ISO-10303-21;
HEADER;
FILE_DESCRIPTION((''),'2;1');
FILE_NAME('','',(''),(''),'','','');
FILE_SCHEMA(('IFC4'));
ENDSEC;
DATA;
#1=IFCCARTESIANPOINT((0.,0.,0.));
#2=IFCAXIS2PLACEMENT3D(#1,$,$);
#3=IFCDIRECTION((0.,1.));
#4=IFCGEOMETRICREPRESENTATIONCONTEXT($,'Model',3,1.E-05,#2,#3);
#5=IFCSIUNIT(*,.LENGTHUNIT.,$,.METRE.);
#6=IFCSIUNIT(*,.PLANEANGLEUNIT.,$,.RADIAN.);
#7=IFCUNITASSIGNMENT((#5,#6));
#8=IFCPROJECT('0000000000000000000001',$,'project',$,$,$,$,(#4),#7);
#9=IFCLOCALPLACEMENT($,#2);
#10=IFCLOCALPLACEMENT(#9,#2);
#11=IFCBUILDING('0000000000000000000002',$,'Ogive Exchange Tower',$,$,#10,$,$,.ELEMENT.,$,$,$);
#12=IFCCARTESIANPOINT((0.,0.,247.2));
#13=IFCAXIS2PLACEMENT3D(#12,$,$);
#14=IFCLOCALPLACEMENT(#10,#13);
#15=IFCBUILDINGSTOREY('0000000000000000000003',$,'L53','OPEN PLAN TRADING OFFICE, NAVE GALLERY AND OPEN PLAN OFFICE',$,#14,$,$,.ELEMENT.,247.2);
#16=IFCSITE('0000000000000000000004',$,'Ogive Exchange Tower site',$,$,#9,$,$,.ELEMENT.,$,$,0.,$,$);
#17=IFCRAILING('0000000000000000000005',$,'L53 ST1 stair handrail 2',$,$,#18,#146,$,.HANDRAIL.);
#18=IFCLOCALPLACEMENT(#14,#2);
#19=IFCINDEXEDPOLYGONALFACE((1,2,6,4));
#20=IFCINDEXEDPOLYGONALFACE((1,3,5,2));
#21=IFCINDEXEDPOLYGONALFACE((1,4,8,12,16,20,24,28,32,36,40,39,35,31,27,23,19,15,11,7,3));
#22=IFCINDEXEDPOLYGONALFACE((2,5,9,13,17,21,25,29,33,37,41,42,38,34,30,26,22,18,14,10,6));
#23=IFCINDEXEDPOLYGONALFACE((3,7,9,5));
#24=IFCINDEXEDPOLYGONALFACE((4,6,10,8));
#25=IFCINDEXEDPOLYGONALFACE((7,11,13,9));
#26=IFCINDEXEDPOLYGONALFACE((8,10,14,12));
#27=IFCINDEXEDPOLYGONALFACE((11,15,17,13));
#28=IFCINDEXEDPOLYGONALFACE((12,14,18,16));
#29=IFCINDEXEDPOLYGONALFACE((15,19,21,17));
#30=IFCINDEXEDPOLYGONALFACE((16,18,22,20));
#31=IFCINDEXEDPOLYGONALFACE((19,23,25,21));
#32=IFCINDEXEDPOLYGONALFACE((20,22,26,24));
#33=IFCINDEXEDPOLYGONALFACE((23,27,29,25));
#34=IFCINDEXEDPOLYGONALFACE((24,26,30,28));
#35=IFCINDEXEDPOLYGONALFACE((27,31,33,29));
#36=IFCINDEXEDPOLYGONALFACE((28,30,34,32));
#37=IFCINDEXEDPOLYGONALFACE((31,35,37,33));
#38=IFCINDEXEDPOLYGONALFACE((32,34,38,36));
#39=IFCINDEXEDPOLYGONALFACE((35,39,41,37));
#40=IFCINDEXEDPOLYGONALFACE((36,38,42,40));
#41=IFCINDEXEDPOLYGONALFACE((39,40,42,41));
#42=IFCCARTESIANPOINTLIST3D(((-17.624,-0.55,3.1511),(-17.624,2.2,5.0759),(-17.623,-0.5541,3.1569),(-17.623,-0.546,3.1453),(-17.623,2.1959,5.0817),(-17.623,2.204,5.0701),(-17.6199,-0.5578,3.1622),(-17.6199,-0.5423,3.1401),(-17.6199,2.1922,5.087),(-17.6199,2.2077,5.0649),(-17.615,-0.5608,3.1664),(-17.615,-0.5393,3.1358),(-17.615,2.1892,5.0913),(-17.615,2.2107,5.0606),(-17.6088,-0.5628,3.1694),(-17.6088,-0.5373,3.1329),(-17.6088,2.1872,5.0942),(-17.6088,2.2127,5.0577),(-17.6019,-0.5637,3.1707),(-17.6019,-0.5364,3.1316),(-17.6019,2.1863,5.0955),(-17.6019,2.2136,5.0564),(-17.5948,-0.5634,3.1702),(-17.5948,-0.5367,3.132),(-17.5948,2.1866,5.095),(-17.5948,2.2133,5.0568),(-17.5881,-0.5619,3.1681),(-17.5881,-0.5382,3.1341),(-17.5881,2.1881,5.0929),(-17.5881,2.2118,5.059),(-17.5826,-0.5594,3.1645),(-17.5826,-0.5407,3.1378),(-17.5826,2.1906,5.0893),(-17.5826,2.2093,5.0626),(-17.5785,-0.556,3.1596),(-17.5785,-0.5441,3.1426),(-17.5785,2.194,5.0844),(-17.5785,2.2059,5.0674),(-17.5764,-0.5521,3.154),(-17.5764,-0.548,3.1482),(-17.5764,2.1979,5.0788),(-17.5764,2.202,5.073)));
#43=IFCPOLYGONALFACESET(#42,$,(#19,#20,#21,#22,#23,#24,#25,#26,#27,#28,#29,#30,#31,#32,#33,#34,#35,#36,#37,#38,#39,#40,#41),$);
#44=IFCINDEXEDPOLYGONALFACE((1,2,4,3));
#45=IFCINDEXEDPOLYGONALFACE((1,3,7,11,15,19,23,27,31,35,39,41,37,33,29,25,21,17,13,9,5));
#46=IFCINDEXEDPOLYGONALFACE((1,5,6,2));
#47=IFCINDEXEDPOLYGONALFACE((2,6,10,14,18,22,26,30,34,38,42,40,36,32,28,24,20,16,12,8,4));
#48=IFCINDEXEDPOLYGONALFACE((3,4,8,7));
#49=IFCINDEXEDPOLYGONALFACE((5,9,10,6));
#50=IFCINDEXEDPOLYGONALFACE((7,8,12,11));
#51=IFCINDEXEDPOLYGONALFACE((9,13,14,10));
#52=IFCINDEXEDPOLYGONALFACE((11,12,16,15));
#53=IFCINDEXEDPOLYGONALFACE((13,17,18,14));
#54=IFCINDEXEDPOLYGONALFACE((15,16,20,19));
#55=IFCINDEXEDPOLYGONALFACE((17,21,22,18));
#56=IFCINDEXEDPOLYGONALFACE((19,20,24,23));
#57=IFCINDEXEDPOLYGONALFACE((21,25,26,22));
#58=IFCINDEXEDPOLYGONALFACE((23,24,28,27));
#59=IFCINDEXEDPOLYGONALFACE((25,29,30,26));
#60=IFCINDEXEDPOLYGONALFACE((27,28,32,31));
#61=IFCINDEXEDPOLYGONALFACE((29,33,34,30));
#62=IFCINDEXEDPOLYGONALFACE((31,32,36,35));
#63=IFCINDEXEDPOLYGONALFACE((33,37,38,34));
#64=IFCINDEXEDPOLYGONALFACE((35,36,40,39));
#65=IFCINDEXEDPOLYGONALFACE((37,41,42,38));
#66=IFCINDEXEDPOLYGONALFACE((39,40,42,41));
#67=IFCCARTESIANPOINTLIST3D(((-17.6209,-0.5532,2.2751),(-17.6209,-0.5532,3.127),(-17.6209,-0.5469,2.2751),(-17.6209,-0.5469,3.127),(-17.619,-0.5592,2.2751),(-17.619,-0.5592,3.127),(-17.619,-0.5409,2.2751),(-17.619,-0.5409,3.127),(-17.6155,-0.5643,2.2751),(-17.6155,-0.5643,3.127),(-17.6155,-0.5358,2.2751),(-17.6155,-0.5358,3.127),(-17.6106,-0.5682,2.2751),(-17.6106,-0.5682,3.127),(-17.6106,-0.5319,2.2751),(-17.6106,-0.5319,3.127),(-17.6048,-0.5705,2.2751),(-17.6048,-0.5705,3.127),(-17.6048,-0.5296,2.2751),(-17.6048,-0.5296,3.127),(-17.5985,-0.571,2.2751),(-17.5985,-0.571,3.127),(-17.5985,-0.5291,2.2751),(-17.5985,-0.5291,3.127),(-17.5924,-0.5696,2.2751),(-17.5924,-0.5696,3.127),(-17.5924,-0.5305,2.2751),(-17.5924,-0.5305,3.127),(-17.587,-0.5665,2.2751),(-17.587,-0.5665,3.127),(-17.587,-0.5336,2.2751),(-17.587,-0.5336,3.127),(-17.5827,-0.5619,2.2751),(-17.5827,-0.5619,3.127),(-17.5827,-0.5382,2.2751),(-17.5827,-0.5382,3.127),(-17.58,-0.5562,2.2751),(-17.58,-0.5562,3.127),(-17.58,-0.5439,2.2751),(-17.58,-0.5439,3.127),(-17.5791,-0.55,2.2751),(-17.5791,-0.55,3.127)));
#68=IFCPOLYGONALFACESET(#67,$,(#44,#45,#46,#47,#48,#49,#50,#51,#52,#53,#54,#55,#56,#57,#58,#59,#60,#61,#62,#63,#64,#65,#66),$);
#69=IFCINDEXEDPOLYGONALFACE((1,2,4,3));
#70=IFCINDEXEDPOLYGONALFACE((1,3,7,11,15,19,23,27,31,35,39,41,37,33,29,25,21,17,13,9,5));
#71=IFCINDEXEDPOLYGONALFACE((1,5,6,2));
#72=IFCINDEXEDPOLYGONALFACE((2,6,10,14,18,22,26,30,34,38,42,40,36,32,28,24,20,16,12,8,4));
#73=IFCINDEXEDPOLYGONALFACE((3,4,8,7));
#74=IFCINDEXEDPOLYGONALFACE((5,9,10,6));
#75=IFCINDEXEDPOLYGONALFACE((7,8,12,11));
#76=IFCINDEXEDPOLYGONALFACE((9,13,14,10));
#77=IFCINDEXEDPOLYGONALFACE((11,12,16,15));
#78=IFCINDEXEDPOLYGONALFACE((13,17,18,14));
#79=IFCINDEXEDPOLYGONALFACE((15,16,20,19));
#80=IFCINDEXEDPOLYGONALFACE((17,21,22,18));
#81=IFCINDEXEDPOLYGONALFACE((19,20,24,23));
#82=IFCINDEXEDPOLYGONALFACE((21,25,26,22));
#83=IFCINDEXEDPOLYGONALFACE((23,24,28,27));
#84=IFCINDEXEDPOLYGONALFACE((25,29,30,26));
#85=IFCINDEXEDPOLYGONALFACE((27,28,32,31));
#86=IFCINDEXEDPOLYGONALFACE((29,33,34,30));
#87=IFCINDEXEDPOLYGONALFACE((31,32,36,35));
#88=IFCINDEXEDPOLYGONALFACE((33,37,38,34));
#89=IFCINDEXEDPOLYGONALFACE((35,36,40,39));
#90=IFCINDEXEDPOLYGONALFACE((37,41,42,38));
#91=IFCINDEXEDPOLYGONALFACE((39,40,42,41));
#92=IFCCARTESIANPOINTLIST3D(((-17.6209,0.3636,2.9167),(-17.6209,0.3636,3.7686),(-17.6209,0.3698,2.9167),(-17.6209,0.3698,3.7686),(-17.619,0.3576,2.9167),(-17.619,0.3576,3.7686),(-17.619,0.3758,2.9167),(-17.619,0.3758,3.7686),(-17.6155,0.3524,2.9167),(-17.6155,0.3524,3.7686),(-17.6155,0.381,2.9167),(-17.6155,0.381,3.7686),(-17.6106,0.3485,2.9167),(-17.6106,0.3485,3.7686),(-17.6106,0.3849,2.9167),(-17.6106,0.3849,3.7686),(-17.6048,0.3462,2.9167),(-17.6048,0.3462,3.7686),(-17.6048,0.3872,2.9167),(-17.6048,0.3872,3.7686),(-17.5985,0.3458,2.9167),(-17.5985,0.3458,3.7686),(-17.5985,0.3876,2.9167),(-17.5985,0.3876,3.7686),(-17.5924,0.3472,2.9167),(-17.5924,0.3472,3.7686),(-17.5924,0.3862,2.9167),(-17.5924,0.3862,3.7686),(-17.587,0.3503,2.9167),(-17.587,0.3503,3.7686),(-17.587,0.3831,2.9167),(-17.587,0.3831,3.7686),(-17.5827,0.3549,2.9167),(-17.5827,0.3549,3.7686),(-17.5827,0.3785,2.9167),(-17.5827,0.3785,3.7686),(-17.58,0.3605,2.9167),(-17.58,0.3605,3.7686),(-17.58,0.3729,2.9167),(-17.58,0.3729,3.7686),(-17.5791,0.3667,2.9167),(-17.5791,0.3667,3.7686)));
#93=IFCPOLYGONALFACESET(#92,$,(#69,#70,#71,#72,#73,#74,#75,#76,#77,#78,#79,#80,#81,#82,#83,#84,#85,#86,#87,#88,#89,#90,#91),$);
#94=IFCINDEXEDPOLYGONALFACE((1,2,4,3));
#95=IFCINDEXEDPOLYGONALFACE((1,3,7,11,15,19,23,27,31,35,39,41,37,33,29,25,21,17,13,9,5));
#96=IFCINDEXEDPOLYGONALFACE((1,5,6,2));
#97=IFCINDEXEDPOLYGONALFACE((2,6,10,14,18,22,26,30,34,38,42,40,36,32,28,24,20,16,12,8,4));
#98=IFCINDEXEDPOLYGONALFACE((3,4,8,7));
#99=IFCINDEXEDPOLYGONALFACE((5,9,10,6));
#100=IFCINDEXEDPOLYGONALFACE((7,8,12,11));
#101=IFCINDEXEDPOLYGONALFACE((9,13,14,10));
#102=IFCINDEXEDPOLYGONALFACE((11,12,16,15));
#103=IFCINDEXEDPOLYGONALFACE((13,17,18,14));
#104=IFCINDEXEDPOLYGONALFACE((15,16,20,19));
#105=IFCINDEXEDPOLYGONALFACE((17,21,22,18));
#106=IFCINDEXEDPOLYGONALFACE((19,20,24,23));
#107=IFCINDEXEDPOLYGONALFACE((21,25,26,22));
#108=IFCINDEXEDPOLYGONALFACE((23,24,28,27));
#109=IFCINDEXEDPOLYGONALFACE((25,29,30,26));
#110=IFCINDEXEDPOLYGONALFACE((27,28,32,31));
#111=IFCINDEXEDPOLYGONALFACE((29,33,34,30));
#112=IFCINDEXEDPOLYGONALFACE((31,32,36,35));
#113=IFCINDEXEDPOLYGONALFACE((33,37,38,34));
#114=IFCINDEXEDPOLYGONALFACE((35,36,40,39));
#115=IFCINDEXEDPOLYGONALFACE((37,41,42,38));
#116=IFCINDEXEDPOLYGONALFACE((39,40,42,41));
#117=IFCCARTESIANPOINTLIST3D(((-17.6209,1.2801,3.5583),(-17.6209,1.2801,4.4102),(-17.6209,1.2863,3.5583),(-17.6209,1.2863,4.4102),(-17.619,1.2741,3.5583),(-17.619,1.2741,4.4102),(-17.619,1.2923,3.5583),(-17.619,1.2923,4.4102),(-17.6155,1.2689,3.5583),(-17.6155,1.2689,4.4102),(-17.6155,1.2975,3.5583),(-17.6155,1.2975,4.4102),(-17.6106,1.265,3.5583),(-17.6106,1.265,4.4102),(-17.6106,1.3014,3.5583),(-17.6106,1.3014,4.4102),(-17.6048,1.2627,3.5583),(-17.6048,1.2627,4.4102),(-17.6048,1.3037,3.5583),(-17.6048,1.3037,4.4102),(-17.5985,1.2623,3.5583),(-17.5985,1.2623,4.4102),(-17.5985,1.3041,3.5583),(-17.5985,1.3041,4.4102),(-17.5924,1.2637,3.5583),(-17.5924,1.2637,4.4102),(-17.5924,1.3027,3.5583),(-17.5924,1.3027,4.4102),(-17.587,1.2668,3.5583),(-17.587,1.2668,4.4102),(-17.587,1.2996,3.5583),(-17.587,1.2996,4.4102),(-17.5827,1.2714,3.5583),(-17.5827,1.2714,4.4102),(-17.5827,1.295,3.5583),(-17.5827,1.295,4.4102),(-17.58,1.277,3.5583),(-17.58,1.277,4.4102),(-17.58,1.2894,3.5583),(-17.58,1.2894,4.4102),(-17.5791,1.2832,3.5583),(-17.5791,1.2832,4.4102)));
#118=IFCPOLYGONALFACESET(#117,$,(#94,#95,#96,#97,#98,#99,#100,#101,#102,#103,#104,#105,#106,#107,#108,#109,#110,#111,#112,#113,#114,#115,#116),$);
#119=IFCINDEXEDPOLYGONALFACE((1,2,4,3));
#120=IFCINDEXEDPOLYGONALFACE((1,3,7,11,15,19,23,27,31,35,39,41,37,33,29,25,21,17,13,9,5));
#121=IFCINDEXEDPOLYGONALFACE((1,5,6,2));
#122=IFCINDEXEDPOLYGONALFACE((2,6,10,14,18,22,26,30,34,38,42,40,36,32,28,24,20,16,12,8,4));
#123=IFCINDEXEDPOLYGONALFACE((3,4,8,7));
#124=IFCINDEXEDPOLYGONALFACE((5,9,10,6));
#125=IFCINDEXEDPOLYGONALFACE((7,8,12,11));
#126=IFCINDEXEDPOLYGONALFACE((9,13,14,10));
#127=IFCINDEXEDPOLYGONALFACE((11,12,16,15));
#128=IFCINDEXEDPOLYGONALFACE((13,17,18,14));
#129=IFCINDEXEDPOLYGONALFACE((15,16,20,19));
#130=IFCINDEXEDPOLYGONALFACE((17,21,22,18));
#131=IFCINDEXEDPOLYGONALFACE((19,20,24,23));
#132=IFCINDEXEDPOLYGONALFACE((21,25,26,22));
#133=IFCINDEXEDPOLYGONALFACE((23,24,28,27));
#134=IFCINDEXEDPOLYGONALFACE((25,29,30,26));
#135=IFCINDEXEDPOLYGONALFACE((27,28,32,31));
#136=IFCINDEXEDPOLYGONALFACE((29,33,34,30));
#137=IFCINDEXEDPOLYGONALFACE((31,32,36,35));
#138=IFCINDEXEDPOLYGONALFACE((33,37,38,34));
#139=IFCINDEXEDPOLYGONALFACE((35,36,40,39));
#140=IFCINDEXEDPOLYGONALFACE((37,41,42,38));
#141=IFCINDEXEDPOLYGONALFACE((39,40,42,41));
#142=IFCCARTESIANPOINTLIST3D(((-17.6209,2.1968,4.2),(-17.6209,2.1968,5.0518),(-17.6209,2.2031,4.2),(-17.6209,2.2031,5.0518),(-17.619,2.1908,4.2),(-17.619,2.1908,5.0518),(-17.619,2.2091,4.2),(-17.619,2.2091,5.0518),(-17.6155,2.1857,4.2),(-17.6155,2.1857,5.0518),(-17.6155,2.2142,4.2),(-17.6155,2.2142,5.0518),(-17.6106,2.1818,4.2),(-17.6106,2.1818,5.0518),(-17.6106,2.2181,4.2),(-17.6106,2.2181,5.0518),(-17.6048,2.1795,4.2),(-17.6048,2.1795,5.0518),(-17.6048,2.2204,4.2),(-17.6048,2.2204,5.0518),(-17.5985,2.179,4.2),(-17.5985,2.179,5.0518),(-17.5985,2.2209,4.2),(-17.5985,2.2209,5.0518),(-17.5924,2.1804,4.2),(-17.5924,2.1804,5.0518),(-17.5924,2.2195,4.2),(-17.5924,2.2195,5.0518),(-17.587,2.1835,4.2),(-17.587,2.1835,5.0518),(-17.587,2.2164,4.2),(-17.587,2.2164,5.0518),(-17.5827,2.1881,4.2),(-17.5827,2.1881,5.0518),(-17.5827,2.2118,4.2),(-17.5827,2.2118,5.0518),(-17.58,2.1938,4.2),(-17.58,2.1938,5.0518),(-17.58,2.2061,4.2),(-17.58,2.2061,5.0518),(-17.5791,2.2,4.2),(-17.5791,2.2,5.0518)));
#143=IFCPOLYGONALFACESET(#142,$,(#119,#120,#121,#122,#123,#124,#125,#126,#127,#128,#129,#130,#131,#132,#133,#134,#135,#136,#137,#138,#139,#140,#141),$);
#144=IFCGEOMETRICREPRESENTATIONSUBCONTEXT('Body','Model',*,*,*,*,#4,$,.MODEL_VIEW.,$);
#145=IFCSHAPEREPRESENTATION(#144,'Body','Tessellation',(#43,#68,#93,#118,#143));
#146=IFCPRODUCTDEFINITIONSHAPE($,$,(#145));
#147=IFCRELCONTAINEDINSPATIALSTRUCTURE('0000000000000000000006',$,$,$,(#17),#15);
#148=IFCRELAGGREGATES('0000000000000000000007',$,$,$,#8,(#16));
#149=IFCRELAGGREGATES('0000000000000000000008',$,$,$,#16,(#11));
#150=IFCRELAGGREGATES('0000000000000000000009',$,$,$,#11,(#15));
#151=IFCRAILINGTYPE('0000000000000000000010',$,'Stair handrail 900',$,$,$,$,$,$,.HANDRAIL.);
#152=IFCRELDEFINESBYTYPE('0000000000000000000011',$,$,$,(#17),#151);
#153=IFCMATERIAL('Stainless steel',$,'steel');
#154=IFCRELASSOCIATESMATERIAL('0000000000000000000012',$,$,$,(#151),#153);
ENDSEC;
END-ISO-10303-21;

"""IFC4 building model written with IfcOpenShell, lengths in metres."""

from ifc_helpers import new_model, si_unit, direction, frame, origin, origin_2d, place, context, subcontext, project, spatial, circle, extrude, material, type_object, element, save


model = new_model("IFC4")

# Units and contexts
model_context = context("Model", 3, precision=1e-05, world=origin(), true_north=direction((0.0, 1.0)))
body_context = subcontext(model_context, "Body", "Model", "MODEL_VIEW")
ifc_project = project(units=[si_unit("LENGTHUNIT", "METRE"), si_unit("PLANEANGLEUNIT", "RADIAN")], contexts=[model_context])

# Site, building, storey
site_placement = place(None, origin())
site = spatial("IfcSite", under=ifc_project, at=site_placement, Name="Ogive Exchange Tower site", CompositionType="ELEMENT", RefElevation=0.0)
building_placement = place(site_placement, origin())
building = spatial("IfcBuilding", under=site, at=building_placement, Name="Ogive Exchange Tower", CompositionType="ELEMENT")
storey_placement = place(building_placement, frame((0.0, 0.0, 247.2)))
storey = spatial("IfcBuildingStorey", under=building, at=storey_placement, Name="L53", Description="OPEN PLAN TRADING OFFICE, NAVE GALLERY AND OPEN PLAN OFFICE", CompositionType="ELEMENT", Elevation=247.2)

# Shared definitions
ifc_material_1 = material(Name="Stainless steel", Category="steel")

# Railing
railing_type = type_object("IfcRailingType", Name="Stair handrail 900", PredefinedType="HANDRAIL", material=ifc_material_1)
railing_placement = place(storey_placement, frame((-17.6001, -0.55, 2.2751)))
element("IfcRailing", 1, at=railing_placement, inside=storey, type_object=railing_type, Name="L53 ST1 stair handrail 2", PredefinedType="HANDRAIL", context=body_context, shape_type="SweptSolid", body=[
    extrude(circle(Radius=0.0239, at=origin_2d()), frame((0.0, 0.0, 0.876), z_axis=(0.0, 0.819259, 0.573423), x_axis=(-1.0, 0.0, 0.0)), (0.0, 0.0, 1.0), 3.3567),
    extrude(circle(Radius=0.021, at=origin_2d()), origin(), (0.0, 0.0, 1.0), 0.8518),
    extrude(circle(Radius=0.021, at=origin_2d()), frame((0.0, 0.9167, 0.6416)), (0.0, 0.0, 1.0), 0.8518),
    extrude(circle(Radius=0.021, at=origin_2d()), frame((0.0, 1.8333, 1.2832)), (0.0, 0.0, 1.0), 0.8518),
    extrude(circle(Radius=0.021, at=origin_2d()), frame((0.0, 2.75, 1.9248)), (0.0, 0.0, 1.0), 0.8518),
])

save(model, "model.ifc")
